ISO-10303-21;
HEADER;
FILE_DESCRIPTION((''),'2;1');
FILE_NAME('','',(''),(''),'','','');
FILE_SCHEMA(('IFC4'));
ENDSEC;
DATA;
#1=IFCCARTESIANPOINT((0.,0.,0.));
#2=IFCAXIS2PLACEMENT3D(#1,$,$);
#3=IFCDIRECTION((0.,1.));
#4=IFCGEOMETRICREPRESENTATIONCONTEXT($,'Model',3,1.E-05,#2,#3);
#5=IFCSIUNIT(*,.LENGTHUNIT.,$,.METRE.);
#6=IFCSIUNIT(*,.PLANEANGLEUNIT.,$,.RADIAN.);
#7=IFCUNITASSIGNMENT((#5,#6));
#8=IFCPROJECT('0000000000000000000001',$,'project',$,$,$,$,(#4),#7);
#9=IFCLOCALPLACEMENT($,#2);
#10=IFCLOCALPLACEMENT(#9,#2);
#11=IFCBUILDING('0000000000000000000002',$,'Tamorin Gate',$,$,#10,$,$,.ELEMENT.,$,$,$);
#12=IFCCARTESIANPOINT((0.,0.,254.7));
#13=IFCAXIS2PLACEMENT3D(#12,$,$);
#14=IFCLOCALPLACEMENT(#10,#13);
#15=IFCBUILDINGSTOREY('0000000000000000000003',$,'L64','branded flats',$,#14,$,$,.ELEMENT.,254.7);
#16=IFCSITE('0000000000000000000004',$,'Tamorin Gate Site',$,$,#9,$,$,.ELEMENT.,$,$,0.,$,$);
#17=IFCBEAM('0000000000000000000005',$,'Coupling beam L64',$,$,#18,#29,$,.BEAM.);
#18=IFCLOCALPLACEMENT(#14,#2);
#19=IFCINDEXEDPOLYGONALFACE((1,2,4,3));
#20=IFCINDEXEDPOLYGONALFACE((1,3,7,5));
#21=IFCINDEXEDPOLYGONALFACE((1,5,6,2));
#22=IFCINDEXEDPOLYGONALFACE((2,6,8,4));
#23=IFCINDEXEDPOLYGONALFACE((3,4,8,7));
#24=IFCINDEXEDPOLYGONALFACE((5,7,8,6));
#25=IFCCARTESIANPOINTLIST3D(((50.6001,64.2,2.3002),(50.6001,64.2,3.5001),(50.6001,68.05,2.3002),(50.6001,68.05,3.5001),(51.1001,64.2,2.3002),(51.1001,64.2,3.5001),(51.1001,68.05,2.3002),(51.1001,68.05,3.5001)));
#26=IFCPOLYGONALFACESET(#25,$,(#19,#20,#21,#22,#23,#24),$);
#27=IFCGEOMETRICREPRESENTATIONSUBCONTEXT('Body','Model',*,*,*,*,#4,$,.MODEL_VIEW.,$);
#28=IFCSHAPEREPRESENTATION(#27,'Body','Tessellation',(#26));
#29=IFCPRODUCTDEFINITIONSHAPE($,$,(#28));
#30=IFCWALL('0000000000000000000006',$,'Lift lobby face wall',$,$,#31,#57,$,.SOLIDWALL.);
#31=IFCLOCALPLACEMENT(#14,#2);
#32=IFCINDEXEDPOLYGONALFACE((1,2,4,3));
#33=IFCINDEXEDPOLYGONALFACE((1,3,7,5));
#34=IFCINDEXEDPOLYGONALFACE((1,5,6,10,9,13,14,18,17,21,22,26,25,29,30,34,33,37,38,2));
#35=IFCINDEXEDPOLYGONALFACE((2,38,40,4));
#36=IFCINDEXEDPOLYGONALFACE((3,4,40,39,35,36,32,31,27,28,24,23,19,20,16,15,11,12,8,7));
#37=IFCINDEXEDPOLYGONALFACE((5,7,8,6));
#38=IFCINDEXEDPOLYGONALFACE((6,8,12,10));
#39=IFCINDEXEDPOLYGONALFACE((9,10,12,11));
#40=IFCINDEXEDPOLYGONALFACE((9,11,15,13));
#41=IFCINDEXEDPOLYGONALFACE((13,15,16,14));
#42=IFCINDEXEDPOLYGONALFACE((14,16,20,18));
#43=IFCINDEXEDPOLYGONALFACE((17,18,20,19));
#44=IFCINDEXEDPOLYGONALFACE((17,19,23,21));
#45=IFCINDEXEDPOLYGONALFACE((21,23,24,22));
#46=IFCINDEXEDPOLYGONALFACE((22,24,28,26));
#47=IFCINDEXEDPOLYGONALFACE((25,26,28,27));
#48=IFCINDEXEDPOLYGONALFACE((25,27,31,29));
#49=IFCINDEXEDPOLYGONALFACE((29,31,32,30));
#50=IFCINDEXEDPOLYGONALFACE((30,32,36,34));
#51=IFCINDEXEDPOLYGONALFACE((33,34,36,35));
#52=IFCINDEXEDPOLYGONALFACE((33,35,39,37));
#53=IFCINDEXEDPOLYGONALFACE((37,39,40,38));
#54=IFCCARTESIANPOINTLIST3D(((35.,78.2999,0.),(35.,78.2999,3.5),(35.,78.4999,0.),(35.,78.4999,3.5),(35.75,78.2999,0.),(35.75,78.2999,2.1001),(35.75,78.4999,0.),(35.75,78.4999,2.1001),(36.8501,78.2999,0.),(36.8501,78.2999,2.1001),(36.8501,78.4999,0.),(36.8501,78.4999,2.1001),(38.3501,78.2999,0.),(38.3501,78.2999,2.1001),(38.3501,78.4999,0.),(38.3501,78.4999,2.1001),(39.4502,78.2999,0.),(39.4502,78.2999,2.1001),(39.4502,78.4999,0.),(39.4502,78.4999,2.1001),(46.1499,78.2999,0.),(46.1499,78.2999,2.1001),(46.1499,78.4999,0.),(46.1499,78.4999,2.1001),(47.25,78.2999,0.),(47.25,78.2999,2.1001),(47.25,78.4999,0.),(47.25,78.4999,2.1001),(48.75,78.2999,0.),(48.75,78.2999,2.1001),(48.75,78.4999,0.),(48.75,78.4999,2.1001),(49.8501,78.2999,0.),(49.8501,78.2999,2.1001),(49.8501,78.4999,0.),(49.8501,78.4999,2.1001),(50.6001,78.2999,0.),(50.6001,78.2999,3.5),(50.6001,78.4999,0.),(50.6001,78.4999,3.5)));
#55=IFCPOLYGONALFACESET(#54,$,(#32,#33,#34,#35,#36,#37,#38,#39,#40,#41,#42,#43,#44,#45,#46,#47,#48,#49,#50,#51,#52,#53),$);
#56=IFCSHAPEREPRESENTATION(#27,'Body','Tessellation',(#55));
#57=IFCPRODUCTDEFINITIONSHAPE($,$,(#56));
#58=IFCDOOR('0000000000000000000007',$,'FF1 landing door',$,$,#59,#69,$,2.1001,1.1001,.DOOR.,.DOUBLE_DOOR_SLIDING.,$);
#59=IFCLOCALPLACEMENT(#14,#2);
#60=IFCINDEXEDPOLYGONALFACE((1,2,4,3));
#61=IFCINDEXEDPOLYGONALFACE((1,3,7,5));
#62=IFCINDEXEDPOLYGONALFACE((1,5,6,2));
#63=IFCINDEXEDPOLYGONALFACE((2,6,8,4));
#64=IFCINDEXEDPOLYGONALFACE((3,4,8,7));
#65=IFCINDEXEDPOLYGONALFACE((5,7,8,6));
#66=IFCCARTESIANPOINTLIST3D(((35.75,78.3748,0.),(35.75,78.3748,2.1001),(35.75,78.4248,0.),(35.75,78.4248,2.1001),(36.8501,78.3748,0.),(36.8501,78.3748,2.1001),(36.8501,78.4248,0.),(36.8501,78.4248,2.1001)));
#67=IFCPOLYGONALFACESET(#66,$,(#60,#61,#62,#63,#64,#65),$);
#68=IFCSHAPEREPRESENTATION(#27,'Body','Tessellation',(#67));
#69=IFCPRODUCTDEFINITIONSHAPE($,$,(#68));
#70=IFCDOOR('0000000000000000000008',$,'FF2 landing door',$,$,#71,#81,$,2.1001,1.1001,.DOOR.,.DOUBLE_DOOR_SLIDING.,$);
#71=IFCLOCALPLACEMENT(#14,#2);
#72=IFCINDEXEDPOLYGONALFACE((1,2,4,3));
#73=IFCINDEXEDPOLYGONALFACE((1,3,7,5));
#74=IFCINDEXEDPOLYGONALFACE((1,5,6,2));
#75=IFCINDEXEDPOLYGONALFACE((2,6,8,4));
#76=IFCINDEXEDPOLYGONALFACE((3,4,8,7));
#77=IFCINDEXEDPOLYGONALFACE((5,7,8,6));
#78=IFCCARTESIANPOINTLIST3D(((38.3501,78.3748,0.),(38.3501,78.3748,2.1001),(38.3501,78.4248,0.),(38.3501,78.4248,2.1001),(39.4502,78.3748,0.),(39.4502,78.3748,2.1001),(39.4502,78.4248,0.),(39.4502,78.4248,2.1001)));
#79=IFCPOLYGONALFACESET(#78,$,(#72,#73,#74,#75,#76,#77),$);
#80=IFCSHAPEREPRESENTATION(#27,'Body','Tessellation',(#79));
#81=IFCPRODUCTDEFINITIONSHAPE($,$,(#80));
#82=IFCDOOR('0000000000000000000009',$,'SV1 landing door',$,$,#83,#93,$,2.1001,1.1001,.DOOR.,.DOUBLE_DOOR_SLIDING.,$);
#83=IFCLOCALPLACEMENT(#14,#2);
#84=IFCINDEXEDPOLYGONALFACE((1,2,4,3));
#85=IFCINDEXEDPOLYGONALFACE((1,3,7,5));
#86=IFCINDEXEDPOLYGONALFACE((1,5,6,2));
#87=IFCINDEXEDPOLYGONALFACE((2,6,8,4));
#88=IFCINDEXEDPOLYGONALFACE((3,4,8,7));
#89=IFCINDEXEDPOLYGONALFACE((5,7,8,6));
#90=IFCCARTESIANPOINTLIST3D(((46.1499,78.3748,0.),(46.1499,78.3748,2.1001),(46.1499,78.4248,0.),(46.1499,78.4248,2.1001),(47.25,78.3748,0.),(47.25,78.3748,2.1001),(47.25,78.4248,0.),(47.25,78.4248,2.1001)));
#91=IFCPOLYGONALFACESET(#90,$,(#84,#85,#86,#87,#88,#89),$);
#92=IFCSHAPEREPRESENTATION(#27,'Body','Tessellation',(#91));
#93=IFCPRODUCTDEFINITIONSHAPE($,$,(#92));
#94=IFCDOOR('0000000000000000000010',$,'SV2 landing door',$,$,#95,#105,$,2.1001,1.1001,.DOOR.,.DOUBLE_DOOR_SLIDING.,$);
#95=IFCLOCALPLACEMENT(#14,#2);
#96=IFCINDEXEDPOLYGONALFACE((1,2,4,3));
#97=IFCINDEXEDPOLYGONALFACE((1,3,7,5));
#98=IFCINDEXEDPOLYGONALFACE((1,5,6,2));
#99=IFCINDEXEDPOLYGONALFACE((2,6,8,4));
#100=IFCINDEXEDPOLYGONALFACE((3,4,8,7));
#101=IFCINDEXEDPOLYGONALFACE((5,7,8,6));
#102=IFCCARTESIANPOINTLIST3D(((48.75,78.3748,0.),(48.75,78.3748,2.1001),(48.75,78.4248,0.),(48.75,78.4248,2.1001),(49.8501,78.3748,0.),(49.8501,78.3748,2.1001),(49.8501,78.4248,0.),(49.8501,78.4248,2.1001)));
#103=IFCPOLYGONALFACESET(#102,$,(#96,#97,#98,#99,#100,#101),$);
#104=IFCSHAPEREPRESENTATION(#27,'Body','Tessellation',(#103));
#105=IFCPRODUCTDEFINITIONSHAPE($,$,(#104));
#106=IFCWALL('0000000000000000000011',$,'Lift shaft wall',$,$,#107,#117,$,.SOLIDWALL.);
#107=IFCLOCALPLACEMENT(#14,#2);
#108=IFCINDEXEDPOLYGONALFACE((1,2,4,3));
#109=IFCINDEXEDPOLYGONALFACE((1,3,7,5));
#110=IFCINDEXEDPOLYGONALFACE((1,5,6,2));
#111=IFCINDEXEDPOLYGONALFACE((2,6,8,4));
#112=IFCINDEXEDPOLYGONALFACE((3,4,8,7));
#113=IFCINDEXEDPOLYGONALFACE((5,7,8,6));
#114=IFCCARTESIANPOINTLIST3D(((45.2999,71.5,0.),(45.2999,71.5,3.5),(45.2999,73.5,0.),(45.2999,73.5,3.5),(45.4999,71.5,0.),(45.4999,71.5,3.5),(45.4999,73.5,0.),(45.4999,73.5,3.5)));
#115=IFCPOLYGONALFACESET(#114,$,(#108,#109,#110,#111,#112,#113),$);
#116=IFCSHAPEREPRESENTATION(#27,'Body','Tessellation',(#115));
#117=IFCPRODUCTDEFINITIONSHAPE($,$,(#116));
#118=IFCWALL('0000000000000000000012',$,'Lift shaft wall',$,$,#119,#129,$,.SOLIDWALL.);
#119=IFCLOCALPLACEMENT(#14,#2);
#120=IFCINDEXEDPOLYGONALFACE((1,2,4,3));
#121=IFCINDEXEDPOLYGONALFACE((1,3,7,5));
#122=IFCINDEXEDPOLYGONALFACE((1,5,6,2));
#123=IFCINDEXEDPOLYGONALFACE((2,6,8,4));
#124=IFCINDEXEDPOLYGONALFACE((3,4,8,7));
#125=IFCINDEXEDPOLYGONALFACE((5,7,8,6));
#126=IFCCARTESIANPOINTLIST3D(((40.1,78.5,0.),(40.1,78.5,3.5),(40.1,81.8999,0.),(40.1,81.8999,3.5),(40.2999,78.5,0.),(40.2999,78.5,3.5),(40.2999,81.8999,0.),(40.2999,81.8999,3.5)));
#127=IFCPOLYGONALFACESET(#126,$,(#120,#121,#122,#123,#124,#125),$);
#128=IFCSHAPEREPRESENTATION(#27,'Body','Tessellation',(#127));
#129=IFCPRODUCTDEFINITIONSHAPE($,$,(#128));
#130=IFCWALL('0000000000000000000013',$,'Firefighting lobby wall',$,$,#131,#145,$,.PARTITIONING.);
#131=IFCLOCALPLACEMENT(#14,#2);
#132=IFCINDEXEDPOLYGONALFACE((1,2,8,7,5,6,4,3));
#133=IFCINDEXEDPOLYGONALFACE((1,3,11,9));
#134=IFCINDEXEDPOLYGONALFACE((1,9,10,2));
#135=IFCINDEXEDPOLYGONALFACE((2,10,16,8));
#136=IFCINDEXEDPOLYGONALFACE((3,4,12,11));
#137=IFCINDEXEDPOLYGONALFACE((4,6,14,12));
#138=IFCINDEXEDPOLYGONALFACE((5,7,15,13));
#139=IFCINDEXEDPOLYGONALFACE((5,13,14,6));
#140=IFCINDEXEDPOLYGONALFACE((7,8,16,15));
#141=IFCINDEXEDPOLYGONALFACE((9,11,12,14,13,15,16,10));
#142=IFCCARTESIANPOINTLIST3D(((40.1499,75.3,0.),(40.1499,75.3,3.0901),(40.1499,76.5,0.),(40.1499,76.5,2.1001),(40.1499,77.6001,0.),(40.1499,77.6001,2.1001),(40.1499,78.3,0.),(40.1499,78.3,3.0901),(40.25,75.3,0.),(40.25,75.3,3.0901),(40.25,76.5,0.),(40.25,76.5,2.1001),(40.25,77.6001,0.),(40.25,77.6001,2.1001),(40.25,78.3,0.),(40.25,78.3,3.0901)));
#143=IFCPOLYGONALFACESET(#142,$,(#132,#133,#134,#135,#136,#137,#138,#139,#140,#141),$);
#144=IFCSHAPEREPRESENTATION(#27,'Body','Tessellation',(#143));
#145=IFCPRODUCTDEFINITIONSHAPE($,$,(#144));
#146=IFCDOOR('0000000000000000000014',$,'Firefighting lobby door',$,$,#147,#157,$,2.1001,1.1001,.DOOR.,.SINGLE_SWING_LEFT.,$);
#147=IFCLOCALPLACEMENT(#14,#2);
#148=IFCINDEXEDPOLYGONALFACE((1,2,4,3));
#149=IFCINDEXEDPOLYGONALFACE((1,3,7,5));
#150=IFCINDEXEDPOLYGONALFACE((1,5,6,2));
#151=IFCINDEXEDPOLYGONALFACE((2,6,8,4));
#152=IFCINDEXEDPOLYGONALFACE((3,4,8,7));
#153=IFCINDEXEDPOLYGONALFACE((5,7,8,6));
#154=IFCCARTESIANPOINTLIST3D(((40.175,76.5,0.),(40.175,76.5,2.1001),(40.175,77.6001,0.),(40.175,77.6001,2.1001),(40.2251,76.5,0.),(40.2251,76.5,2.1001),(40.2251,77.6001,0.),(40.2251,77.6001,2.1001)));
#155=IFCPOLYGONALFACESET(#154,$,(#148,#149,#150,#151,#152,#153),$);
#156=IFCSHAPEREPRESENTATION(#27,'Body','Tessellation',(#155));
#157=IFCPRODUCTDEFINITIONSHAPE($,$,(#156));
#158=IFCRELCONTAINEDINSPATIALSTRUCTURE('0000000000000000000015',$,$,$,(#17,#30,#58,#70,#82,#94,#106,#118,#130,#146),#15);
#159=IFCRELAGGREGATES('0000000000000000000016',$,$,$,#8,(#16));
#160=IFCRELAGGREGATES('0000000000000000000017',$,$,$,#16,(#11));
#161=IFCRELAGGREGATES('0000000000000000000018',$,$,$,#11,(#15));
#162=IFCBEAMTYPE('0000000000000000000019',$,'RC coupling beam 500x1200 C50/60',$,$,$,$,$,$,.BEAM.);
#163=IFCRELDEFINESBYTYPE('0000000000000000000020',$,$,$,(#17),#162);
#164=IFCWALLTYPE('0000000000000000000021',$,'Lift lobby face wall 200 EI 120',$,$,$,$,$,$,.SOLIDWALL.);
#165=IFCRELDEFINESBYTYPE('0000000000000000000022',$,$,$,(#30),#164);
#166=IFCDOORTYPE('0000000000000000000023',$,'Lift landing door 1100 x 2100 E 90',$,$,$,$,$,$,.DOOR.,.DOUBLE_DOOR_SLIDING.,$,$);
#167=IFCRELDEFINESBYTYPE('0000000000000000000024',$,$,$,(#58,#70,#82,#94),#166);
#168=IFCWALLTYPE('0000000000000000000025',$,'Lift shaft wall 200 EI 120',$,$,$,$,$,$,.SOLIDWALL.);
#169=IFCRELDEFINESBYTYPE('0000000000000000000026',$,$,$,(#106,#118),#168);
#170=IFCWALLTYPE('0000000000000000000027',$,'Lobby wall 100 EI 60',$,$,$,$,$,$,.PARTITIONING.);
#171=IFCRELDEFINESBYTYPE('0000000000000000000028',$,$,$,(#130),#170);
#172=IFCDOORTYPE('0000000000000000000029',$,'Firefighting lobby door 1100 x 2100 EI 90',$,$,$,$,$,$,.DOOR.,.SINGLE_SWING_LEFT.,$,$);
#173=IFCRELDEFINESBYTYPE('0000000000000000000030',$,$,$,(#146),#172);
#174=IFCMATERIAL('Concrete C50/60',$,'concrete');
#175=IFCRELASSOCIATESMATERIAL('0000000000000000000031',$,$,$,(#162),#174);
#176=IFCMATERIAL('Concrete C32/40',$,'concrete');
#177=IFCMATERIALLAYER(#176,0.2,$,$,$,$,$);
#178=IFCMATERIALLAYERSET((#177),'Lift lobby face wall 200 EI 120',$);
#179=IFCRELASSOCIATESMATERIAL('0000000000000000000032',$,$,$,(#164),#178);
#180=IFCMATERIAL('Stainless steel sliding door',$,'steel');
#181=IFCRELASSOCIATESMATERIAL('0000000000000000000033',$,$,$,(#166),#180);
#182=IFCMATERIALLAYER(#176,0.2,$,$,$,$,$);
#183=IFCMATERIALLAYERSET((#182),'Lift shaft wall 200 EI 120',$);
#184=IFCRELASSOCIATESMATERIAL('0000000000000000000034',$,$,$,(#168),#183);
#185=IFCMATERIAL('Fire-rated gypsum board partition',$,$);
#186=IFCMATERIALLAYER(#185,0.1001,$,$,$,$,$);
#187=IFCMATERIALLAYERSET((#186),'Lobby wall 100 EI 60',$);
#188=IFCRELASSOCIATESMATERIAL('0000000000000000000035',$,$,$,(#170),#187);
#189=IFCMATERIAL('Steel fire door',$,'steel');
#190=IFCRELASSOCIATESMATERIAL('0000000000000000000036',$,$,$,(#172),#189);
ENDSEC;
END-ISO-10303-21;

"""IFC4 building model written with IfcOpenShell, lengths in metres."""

from ifc_helpers import new_model, si_unit, direction, frame, frame_2d, origin, origin_2d, place, context, subcontext, project, spatial, rectangle, extrude, material, layer, layer_set, material_profile, profile_set, type_object, element, fill, save


model = new_model("IFC4")

# Units and contexts
model_context = context("Model", 3, precision=1e-05, world=origin(), true_north=direction((0.0, 1.0)))
body_context = subcontext(model_context, "Body", "Model", "MODEL_VIEW")
ifc_project = project(units=[si_unit("LENGTHUNIT", "METRE"), si_unit("PLANEANGLEUNIT", "RADIAN")], contexts=[model_context])

# Site, building, storey
site_placement = place(None, origin())
site = spatial("IfcSite", under=ifc_project, at=site_placement, Name="Tamorin Gate Site", CompositionType="ELEMENT", RefElevation=0.0)
building_placement = place(site_placement, origin())
building = spatial("IfcBuilding", under=site, at=building_placement, Name="Tamorin Gate", CompositionType="ELEMENT")
storey_placement = place(building_placement, frame((0.0, 0.0, 254.7)))
storey = spatial("IfcBuildingStorey", under=building, at=storey_placement, Name="L64", Description="branded flats", CompositionType="ELEMENT", Elevation=254.7)

# Beam
ifc_material_1 = material(Name="Concrete C50/60", Category="concrete")
ifc_material_profile = material_profile(ifc_material_1, rectangle(XDim=0.5, YDim=1.2, at=origin_2d()), Name="RC 500x1200")
ifc_profile_set = profile_set([ifc_material_profile], Name="Concrete C50/60")
beam_type = type_object("IfcBeamType", Name="RC coupling beam 500x1200 C50/60", PredefinedType="BEAM", material=ifc_profile_set)
beam_placement = place(storey_placement, frame((50.8501, 64.2, 2.9001), z_axis=(0.0, 1.0, 0.0), x_axis=(-1.0, 0.0, 0.0)))
element("IfcBeam", 1, at=beam_placement, inside=storey, type_object=beam_type, Name="Coupling beam L64", PredefinedType="BEAM", context=body_context, shape_type="SweptSolid", body=[
    extrude(rectangle(XDim=0.5, YDim=1.2, at=origin_2d()), origin(), (0.0, 0.0, 1.0), 3.8501),
])

# Wall, openings, doors
ifc_material_2 = material(Name="Concrete C32/40", Category="concrete")
ifc_layer_1 = layer(ifc_material_2, 0.2)
ifc_layer_set_1 = layer_set([ifc_layer_1], Name="Lift lobby face wall 200 EI 120")
wall_type_1 = type_object("IfcWallType", Name="Lift lobby face wall 200 EI 120", PredefinedType="SOLIDWALL", material=ifc_layer_set_1)
wall_1_placement = place(storey_placement, frame((35.0, 78.3999, 0.0), z_axis=(0.0, 0.0, 1.0), x_axis=(1.0, 0.0, 0.0)))
wall_1 = element("IfcWall", 2, at=wall_1_placement, inside=storey, type_object=wall_type_1, Name="Lift lobby face wall", PredefinedType="SOLIDWALL", context=body_context, shape_type="SweptSolid", body=[
    extrude(rectangle(XDim=15.6001, YDim=0.2, at=frame_2d((7.8, 0.0))), origin(), (0.0, 0.0, 1.0), 3.5),
])
opening_1_placement = place(wall_1_placement, frame((0.75, 0.0, 0.0)))
opening_1 = element("IfcOpeningElement", 3, at=opening_1_placement, cuts=wall_1, PredefinedType="OPENING", context=body_context, shape_type="SweptSolid", body=[
    extrude(rectangle(XDim=1.1001, YDim=2.1001, at=frame_2d((0.55, 1.05))), frame((0.0, 0.1099, 0.0), z_axis=(0.0, -1.0, 0.0), x_axis=(1.0, 0.0, 0.0)), (0.0, 0.0, 1.0), 0.22),
])
opening_2_placement = place(wall_1_placement, frame((3.3501, 0.0, 0.0)))
opening_2 = element("IfcOpeningElement", 4, at=opening_2_placement, cuts=wall_1, PredefinedType="OPENING", context=body_context, shape_type="SweptSolid", body=[
    extrude(rectangle(XDim=1.1001, YDim=2.1001, at=frame_2d((0.55, 1.05))), frame((0.0, 0.1099, 0.0), z_axis=(0.0, -1.0, 0.0), x_axis=(1.0, 0.0, 0.0)), (0.0, 0.0, 1.0), 0.22),
])
opening_3_placement = place(wall_1_placement, frame((11.1499, 0.0, 0.0)))
opening_3 = element("IfcOpeningElement", 5, at=opening_3_placement, cuts=wall_1, PredefinedType="OPENING", context=body_context, shape_type="SweptSolid", body=[
    extrude(rectangle(XDim=1.1001, YDim=2.1001, at=frame_2d((0.55, 1.05))), frame((0.0, 0.1099, 0.0), z_axis=(0.0, -1.0, 0.0), x_axis=(1.0, 0.0, 0.0)), (0.0, 0.0, 1.0), 0.22),
])
opening_4_placement = place(wall_1_placement, frame((13.75, 0.0, 0.0)))
opening_4 = element("IfcOpeningElement", 6, at=opening_4_placement, cuts=wall_1, PredefinedType="OPENING", context=body_context, shape_type="SweptSolid", body=[
    extrude(rectangle(XDim=1.1001, YDim=2.1001, at=frame_2d((0.55, 1.05))), frame((0.0, 0.1099, 0.0), z_axis=(0.0, -1.0, 0.0), x_axis=(1.0, 0.0, 0.0)), (0.0, 0.0, 1.0), 0.22),
])
ifc_material_3 = material(Name="Stainless steel sliding door", Category="steel")
door_type_1 = type_object("IfcDoorType", Name="Lift landing door 1100 x 2100 E 90", OperationType="DOUBLE_DOOR_SLIDING", PredefinedType="DOOR", material=ifc_material_3)
door_1_placement = place(opening_1_placement, origin())
door_1 = element("IfcDoor", 7, at=door_1_placement, inside=storey, type_object=door_type_1, Name="FF1 landing door", OperationType="DOUBLE_DOOR_SLIDING", OverallHeight=2.1001, OverallWidth=1.1001, PredefinedType="DOOR", context=body_context, shape_type="SweptSolid", body=[
    extrude(rectangle(XDim=1.1001, YDim=2.1001, at=frame_2d((0.55, 1.05))), frame((0.0, 0.0249, 0.0), z_axis=(0.0, -1.0, 0.0), x_axis=(1.0, 0.0, 0.0)), (0.0, 0.0, 1.0), 0.05),
])
fill(opening_1, door_1)
door_2_placement = place(opening_2_placement, origin())
door_2 = element("IfcDoor", 8, at=door_2_placement, inside=storey, type_object=door_type_1, Name="FF2 landing door", OperationType="DOUBLE_DOOR_SLIDING", OverallHeight=2.1001, OverallWidth=1.1001, PredefinedType="DOOR", context=body_context, shape_type="SweptSolid", body=[
    extrude(rectangle(XDim=1.1001, YDim=2.1001, at=frame_2d((0.55, 1.05))), frame((0.0, 0.0249, 0.0), z_axis=(0.0, -1.0, 0.0), x_axis=(1.0, 0.0, 0.0)), (0.0, 0.0, 1.0), 0.05),
])
fill(opening_2, door_2)
door_3_placement = place(opening_3_placement, origin())
door_3 = element("IfcDoor", 9, at=door_3_placement, inside=storey, type_object=door_type_1, Name="SV1 landing door", OperationType="DOUBLE_DOOR_SLIDING", OverallHeight=2.1001, OverallWidth=1.1001, PredefinedType="DOOR", context=body_context, shape_type="SweptSolid", body=[
    extrude(rectangle(XDim=1.1001, YDim=2.1001, at=frame_2d((0.55, 1.05))), frame((0.0, 0.0249, 0.0), z_axis=(0.0, -1.0, 0.0), x_axis=(1.0, 0.0, 0.0)), (0.0, 0.0, 1.0), 0.05),
])
fill(opening_3, door_3)
door_4_placement = place(opening_4_placement, origin())
door_4 = element("IfcDoor", 10, at=door_4_placement, inside=storey, type_object=door_type_1, Name="SV2 landing door", OperationType="DOUBLE_DOOR_SLIDING", OverallHeight=2.1001, OverallWidth=1.1001, PredefinedType="DOOR", context=body_context, shape_type="SweptSolid", body=[
    extrude(rectangle(XDim=1.1001, YDim=2.1001, at=frame_2d((0.55, 1.05))), frame((0.0, 0.0249, 0.0), z_axis=(0.0, -1.0, 0.0), x_axis=(1.0, 0.0, 0.0)), (0.0, 0.0, 1.0), 0.05),
])
fill(opening_4, door_4)

# Walls
ifc_layer_2 = layer(ifc_material_2, 0.2)
ifc_layer_set_2 = layer_set([ifc_layer_2], Name="Lift shaft wall 200 EI 120")
wall_type_2 = type_object("IfcWallType", Name="Lift shaft wall 200 EI 120", PredefinedType="SOLIDWALL", material=ifc_layer_set_2)
wall_2_placement = place(storey_placement, frame((45.3999, 71.5, 0.0), z_axis=(0.0, 0.0, 1.0), x_axis=(0.0, 1.0, 0.0)))
element("IfcWall", 11, at=wall_2_placement, inside=storey, type_object=wall_type_2, Name="Lift shaft wall", PredefinedType="SOLIDWALL", context=body_context, shape_type="SweptSolid", body=[
    extrude(rectangle(XDim=2.0, YDim=0.2, at=frame_2d((1.0, 0.0))), origin(), (0.0, 0.0, 1.0), 3.5),
])
wall_3_placement = place(storey_placement, frame((40.2, 78.5, 0.0), z_axis=(0.0, 0.0, 1.0), x_axis=(0.0, 1.0, 0.0)))
element("IfcWall", 12, at=wall_3_placement, inside=storey, type_object=wall_type_2, Name="Lift shaft wall", PredefinedType="SOLIDWALL", context=body_context, shape_type="SweptSolid", body=[
    extrude(rectangle(XDim=3.3999, YDim=0.2, at=frame_2d((1.7, 0.0))), origin(), (0.0, 0.0, 1.0), 3.5),
])

# Wall, opening, door
ifc_material_4 = material(Name="Fire-rated gypsum board partition")
ifc_layer_3 = layer(ifc_material_4, 0.1001)
ifc_layer_set_3 = layer_set([ifc_layer_3], Name="Lobby wall 100 EI 60")
wall_type_3 = type_object("IfcWallType", Name="Lobby wall 100 EI 60", PredefinedType="PARTITIONING", material=ifc_layer_set_3)
wall_4_placement = place(storey_placement, frame((40.2, 75.3, 0.0), z_axis=(0.0, 0.0, 1.0), x_axis=(0.0, 1.0, 0.0)))
wall_4 = element("IfcWall", 13, at=wall_4_placement, inside=storey, type_object=wall_type_3, Name="Firefighting lobby wall", PredefinedType="PARTITIONING", context=body_context, shape_type="SweptSolid", body=[
    extrude(rectangle(XDim=3.0, YDim=0.1001, at=frame_2d((1.5, 0.0))), origin(), (0.0, 0.0, 1.0), 3.0901),
])
opening_5_placement = place(wall_4_placement, frame((1.2, 0.0, 0.0)))
opening_5 = element("IfcOpeningElement", 14, at=opening_5_placement, cuts=wall_4, PredefinedType="OPENING", context=body_context, shape_type="SweptSolid", body=[
    extrude(rectangle(XDim=1.1001, YDim=2.1001, at=frame_2d((0.55, 1.05))), frame((0.0, 0.0601, 0.0), z_axis=(0.0, -1.0, 0.0), x_axis=(1.0, 0.0, 0.0)), (0.0, 0.0, 1.0), 0.1201),
])
ifc_material_5 = material(Name="Steel fire door", Category="steel")
door_type_2 = type_object("IfcDoorType", Name="Firefighting lobby door 1100 x 2100 EI 90", OperationType="SINGLE_SWING_LEFT", PredefinedType="DOOR", material=ifc_material_5)
door_5_placement = place(opening_5_placement, origin())
door_5 = element("IfcDoor", 15, at=door_5_placement, inside=storey, type_object=door_type_2, Name="Firefighting lobby door", OperationType="SINGLE_SWING_LEFT", OverallHeight=2.1001, OverallWidth=1.1001, PredefinedType="DOOR", context=body_context, shape_type="SweptSolid", body=[
    extrude(rectangle(XDim=1.1001, YDim=2.1001, at=frame_2d((0.55, 1.05))), frame((0.0, 0.0249, 0.0), z_axis=(0.0, -1.0, 0.0), x_axis=(1.0, 0.0, 0.0)), (0.0, 0.0, 1.0), 0.05),
])
fill(opening_5, door_5)

save(model, "model.ifc")
